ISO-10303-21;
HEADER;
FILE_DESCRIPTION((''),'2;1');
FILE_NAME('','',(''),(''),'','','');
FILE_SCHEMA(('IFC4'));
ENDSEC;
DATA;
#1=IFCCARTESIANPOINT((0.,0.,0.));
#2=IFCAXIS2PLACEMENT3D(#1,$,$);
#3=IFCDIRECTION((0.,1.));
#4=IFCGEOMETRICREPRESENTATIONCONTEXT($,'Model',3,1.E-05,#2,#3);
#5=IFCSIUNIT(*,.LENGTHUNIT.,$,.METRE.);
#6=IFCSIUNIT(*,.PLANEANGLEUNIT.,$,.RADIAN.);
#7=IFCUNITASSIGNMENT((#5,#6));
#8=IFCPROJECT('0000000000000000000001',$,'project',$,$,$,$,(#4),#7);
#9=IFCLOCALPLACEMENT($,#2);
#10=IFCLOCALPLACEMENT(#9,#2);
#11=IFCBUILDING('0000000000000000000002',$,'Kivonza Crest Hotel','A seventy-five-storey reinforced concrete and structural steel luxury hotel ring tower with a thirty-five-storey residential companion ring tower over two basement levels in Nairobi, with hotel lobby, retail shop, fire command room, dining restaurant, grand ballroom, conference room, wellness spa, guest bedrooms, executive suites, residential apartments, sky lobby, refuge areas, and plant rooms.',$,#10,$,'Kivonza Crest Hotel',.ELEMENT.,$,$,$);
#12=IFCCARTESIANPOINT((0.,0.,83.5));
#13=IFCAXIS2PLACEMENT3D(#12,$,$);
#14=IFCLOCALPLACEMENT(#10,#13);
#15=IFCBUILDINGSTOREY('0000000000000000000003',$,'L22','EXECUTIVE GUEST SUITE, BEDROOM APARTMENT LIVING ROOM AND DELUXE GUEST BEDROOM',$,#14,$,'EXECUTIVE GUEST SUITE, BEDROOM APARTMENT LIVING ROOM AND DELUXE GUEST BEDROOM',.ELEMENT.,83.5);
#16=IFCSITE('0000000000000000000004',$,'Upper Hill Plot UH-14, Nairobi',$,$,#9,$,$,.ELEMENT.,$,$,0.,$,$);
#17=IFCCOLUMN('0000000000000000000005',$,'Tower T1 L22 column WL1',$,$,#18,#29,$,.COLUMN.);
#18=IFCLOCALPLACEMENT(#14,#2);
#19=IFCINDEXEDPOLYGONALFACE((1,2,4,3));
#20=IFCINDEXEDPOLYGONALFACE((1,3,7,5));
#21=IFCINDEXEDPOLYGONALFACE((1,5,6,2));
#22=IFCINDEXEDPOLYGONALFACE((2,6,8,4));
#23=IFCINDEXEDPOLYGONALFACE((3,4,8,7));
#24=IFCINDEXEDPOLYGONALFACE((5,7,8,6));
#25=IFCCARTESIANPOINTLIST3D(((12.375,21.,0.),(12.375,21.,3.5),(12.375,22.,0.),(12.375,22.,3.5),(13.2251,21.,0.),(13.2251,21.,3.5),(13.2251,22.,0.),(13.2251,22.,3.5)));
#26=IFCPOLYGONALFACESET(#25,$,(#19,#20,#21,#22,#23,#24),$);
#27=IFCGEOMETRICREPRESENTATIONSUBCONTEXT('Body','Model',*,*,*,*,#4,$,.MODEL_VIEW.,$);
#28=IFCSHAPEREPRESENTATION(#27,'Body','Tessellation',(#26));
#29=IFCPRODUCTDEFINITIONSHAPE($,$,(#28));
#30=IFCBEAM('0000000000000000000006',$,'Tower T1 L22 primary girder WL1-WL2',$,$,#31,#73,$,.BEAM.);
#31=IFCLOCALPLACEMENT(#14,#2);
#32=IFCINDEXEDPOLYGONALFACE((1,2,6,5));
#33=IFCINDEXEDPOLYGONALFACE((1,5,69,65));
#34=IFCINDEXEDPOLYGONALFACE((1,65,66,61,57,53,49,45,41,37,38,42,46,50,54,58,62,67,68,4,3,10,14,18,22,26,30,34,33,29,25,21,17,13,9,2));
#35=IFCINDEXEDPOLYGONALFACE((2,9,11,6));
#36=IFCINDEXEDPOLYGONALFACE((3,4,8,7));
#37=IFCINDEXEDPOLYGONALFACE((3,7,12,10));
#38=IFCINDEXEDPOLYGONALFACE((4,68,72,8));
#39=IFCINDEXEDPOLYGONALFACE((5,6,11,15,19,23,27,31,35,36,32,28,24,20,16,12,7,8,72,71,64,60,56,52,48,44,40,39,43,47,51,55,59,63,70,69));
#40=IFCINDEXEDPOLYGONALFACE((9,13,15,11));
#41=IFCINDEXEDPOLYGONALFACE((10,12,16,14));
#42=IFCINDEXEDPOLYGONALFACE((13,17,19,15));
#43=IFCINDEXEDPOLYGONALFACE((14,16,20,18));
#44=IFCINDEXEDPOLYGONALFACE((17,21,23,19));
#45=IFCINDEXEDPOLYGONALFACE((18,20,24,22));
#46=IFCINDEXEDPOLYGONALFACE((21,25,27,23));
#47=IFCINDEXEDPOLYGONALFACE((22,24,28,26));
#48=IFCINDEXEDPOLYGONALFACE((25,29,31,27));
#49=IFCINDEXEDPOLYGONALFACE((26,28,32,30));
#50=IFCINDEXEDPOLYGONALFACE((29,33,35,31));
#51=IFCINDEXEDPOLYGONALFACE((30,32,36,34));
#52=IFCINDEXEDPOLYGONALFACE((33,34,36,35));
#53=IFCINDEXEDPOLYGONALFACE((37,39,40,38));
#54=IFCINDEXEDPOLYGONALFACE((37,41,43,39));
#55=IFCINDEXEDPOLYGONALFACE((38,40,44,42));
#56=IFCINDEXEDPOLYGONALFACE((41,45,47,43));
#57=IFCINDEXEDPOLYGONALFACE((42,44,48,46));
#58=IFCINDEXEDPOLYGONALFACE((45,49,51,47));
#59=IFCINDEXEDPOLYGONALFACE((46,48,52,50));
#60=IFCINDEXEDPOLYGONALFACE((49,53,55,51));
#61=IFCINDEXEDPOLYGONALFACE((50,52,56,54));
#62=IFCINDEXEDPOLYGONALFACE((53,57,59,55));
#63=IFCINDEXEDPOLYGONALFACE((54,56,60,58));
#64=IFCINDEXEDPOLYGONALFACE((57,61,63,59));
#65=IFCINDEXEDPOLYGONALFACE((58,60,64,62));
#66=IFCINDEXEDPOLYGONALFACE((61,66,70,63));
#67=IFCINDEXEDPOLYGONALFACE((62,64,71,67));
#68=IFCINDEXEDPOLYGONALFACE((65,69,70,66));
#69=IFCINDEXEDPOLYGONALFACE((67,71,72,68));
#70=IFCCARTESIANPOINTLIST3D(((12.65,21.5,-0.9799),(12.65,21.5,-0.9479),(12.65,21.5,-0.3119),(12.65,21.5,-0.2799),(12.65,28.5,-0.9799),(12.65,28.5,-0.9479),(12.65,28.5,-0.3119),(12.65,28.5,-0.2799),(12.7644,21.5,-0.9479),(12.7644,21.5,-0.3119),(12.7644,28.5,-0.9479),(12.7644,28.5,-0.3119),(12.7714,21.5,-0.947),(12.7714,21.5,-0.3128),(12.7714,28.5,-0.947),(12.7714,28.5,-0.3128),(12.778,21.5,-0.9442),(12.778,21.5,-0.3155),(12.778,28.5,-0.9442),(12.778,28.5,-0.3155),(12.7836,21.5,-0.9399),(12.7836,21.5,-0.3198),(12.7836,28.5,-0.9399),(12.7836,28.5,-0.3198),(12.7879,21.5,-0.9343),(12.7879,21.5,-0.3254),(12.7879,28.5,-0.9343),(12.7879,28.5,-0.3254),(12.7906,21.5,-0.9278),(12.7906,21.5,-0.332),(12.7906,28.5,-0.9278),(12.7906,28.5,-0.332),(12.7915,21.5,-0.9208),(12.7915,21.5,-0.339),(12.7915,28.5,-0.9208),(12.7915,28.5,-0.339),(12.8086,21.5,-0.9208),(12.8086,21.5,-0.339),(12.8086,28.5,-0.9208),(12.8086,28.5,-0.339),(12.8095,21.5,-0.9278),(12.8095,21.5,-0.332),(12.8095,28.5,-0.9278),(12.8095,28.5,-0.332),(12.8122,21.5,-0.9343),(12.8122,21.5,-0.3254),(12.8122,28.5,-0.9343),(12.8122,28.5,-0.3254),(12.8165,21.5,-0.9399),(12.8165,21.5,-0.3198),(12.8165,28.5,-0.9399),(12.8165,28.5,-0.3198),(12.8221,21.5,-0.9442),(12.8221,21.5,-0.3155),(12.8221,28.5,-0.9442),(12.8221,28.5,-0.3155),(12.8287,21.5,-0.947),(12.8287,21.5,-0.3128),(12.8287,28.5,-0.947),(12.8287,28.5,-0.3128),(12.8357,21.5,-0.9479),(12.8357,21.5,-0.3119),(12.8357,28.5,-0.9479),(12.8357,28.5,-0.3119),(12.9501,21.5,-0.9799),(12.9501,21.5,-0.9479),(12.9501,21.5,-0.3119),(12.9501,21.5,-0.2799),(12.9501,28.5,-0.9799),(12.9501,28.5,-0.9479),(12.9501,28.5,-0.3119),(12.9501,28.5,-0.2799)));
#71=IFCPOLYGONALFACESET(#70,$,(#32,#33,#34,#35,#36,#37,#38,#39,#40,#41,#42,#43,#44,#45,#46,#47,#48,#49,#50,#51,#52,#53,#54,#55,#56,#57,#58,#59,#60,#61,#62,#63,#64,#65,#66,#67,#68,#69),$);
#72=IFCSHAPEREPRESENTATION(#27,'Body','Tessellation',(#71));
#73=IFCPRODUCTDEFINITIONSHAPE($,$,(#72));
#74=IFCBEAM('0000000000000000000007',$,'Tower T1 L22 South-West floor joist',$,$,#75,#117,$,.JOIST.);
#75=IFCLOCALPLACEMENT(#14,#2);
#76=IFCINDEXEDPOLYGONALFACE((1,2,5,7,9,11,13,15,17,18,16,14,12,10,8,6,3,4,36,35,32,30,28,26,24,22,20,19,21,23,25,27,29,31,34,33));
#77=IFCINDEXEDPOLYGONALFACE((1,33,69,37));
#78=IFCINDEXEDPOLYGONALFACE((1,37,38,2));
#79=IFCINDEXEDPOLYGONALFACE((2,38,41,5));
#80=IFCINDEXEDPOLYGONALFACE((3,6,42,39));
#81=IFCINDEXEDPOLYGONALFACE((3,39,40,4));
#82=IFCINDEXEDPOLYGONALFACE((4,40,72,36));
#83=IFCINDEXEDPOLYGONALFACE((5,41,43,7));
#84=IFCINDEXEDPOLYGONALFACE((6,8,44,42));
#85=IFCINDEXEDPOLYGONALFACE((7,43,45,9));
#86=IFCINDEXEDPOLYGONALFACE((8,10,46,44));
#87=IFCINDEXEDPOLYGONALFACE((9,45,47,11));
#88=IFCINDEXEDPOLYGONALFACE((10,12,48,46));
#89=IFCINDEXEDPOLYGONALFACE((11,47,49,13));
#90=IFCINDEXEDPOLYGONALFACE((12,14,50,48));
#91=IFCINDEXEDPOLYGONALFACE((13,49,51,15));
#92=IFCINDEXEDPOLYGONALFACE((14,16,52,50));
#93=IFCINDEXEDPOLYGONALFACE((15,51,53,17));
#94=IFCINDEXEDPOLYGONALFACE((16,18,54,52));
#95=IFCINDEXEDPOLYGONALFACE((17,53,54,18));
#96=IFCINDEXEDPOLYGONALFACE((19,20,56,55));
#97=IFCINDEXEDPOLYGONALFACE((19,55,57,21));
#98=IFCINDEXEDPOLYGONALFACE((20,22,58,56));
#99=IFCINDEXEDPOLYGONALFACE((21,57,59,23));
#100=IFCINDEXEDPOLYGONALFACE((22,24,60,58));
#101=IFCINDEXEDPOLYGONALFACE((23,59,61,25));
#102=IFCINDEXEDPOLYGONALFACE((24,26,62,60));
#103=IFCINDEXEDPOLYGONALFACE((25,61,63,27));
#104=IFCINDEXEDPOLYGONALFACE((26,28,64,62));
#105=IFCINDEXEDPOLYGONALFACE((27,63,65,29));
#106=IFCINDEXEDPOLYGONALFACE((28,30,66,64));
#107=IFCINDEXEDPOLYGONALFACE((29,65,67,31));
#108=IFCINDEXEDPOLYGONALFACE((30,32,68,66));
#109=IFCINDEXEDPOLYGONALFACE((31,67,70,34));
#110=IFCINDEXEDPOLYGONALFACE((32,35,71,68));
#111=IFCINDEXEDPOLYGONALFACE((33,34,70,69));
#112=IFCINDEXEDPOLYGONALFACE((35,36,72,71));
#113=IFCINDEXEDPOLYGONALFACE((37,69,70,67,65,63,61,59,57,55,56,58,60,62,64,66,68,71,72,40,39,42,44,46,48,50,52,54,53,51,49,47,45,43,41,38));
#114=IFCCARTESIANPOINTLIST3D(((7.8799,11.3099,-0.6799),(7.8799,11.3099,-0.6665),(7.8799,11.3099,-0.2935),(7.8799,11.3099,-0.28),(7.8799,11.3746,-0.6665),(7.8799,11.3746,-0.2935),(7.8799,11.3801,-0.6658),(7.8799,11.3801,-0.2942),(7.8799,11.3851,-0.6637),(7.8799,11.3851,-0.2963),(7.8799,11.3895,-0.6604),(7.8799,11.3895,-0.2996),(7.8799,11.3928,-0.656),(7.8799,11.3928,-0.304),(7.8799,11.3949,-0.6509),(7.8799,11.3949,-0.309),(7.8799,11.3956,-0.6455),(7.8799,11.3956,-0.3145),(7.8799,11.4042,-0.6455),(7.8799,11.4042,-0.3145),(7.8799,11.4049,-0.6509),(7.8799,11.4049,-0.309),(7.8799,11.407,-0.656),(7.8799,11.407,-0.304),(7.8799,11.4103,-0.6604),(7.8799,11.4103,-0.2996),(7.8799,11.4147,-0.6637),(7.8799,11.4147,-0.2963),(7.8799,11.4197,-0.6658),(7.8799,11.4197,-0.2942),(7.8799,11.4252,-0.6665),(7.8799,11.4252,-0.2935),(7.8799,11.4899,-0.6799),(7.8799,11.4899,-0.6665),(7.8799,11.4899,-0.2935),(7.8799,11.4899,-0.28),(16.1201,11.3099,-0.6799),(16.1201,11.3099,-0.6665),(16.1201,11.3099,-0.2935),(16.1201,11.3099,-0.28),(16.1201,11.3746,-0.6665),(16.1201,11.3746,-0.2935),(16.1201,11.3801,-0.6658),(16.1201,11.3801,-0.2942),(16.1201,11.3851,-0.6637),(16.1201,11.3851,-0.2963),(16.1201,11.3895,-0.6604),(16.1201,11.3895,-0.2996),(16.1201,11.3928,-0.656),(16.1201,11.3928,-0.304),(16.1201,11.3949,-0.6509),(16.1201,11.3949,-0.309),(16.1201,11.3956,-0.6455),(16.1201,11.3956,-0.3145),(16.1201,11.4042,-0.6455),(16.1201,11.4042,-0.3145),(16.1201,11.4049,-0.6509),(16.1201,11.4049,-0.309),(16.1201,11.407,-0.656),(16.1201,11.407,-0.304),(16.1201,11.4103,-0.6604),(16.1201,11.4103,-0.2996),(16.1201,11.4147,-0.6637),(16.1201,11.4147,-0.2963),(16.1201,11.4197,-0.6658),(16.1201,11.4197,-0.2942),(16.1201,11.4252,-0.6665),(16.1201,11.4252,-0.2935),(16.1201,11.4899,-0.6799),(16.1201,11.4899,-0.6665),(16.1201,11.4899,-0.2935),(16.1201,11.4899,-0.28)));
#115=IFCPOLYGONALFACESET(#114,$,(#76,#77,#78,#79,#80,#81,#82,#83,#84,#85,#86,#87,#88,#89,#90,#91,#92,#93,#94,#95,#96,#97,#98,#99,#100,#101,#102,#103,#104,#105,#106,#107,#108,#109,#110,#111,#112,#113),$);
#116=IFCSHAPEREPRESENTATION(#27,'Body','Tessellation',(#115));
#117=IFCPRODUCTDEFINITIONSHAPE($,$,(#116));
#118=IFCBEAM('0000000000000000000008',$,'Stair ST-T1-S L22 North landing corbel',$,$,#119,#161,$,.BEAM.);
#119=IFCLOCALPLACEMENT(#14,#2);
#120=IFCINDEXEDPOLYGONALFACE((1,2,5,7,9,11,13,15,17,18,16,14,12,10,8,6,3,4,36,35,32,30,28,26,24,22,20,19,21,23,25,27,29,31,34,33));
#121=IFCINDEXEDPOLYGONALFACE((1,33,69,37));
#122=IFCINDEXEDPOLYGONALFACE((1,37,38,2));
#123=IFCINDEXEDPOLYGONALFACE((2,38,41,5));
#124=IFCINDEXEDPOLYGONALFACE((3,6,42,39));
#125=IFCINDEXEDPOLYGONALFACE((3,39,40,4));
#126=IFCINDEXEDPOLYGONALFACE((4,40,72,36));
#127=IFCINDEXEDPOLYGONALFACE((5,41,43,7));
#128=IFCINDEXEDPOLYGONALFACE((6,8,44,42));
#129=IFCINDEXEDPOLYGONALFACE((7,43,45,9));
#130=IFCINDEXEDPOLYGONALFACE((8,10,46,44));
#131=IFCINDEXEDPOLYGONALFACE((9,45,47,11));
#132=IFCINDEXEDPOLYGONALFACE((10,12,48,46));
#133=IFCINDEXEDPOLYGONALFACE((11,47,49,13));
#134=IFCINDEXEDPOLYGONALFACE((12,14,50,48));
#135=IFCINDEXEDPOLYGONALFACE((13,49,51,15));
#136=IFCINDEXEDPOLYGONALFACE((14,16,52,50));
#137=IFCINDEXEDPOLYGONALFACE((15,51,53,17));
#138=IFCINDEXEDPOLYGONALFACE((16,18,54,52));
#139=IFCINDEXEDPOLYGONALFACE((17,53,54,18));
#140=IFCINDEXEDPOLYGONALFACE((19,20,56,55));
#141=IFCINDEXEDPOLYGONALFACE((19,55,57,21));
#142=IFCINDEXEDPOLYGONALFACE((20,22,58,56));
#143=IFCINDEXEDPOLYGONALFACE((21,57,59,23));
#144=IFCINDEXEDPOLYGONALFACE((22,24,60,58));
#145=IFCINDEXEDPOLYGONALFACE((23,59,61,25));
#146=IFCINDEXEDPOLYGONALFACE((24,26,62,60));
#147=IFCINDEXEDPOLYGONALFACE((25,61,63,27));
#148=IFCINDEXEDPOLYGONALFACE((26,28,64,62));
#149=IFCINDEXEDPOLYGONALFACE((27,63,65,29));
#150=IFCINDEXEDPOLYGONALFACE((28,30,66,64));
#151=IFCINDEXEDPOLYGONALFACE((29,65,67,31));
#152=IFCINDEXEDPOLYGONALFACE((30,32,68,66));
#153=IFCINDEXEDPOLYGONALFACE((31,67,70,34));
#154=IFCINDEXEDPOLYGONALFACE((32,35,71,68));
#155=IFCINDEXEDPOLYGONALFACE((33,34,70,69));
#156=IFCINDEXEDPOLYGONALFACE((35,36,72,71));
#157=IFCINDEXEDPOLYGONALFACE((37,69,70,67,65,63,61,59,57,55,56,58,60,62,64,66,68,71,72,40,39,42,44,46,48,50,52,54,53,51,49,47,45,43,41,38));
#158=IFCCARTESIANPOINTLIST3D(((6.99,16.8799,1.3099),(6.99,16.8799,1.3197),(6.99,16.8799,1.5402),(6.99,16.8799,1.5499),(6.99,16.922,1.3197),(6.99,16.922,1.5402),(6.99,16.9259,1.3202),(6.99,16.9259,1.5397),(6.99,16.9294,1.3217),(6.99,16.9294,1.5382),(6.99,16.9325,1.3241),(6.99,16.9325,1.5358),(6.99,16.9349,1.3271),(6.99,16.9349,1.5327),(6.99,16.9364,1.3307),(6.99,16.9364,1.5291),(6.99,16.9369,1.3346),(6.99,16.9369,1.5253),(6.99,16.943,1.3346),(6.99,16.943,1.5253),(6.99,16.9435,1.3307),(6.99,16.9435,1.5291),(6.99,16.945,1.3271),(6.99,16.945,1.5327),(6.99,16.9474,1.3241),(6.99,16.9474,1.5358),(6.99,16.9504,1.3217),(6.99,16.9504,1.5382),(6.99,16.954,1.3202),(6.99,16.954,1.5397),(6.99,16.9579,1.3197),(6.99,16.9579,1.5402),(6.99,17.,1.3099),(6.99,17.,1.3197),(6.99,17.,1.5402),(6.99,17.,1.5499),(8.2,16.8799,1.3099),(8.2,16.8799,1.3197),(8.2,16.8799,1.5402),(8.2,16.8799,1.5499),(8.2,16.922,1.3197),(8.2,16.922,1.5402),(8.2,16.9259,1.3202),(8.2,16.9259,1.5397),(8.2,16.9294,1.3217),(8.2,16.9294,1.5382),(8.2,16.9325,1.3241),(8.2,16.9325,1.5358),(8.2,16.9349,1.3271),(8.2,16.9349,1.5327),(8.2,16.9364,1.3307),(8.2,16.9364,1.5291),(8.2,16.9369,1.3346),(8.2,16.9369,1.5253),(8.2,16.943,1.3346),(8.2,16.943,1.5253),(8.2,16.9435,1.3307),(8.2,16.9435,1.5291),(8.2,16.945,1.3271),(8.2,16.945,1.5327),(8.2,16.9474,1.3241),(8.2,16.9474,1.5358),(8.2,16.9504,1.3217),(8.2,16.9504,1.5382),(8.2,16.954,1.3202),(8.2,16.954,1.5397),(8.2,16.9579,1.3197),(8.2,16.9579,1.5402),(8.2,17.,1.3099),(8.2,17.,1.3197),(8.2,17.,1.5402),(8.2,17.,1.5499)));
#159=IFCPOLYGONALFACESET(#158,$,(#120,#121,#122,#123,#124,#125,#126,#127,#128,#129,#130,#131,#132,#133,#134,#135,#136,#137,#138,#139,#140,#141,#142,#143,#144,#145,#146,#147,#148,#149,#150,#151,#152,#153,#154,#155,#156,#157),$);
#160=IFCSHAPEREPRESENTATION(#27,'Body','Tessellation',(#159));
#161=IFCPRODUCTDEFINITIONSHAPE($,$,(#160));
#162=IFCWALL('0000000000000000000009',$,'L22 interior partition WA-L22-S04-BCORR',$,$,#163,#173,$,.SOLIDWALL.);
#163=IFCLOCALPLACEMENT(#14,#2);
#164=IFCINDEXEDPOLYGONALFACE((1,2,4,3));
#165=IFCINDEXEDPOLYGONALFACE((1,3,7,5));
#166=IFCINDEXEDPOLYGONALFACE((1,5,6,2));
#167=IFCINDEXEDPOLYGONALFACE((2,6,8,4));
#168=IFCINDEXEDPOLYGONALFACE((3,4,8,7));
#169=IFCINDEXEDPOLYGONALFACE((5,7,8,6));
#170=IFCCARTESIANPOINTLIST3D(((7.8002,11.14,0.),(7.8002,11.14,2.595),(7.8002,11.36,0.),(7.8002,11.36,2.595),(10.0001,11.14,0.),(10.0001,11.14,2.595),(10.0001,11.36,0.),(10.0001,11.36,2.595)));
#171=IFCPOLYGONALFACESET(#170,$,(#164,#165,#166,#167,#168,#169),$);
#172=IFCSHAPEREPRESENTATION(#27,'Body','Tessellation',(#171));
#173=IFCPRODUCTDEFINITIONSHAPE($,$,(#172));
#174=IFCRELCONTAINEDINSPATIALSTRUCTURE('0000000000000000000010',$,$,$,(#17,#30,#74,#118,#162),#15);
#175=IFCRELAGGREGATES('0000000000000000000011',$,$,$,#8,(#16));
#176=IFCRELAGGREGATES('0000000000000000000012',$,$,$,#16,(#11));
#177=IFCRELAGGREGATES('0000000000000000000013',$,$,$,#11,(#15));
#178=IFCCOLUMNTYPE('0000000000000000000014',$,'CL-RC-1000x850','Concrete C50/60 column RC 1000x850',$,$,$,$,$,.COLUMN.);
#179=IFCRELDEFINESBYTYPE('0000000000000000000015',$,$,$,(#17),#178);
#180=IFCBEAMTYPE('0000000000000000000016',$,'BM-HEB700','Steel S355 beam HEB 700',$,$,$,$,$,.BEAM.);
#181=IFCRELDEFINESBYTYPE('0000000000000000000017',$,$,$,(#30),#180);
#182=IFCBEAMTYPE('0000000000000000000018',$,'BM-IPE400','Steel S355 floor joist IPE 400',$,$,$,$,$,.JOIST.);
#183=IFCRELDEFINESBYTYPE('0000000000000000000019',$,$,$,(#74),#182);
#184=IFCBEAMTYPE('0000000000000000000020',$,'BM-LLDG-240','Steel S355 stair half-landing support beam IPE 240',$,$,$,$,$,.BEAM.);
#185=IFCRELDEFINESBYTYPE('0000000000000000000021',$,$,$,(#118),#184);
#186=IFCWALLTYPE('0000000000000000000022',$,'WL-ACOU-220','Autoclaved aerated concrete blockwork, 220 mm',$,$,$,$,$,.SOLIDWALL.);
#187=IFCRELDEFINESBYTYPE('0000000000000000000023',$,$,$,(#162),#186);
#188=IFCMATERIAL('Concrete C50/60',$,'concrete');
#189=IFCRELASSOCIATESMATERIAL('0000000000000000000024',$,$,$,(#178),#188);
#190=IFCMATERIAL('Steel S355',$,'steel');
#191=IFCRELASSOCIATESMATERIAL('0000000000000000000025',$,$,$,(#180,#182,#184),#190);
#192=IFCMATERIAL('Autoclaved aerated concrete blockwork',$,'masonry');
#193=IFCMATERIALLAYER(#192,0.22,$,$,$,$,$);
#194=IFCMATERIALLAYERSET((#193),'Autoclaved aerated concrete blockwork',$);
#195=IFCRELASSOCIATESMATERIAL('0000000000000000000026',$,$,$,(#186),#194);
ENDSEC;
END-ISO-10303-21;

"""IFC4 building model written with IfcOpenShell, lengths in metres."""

from ifc_helpers import new_model, si_unit, direction, frame, frame_2d, origin, origin_2d, place, context, subcontext, project, spatial, rectangle, i_section, extrude, material, layer, layer_set, material_profile, profile_set, type_object, element, save


model = new_model("IFC4")

# Units and contexts
model_context = context("Model", 3, precision=1e-05, world=origin(), true_north=direction((0.0, 1.0)))
body_context = subcontext(model_context, "Body", "Model", "MODEL_VIEW")
ifc_project = project(units=[si_unit("LENGTHUNIT", "METRE"), si_unit("PLANEANGLEUNIT", "RADIAN")], contexts=[model_context])

# Site, building, storey
site_placement = place(None, origin())
site = spatial("IfcSite", under=ifc_project, at=site_placement, Name="Upper Hill Plot UH-14, Nairobi", CompositionType="ELEMENT", RefElevation=0.0)
building_placement = place(site_placement, origin())
building = spatial("IfcBuilding", under=site, at=building_placement, Name="Kivonza Crest Hotel", Description="A seventy-five-storey reinforced concrete and structural steel luxury hotel ring tower with a thirty-five-storey residential companion ring tower over two basement levels in Nairobi, with hotel lobby, retail shop, fire command room, dining restaurant, grand ballroom, conference room, wellness spa, guest bedrooms, executive suites, residential apartments, sky lobby, refuge areas, and plant rooms.", LongName="Kivonza Crest Hotel", CompositionType="ELEMENT")
storey_placement = place(building_placement, frame((0.0, 0.0, 83.5)))
storey = spatial("IfcBuildingStorey", under=building, at=storey_placement, Name="L22", Description="EXECUTIVE GUEST SUITE, BEDROOM APARTMENT LIVING ROOM AND DELUXE GUEST BEDROOM", LongName="EXECUTIVE GUEST SUITE, BEDROOM APARTMENT LIVING ROOM AND DELUXE GUEST BEDROOM", CompositionType="ELEMENT", Elevation=83.5)

# Column
ifc_material_1 = material(Name="Concrete C50/60", Category="concrete")
ifc_material_profile_1 = material_profile(ifc_material_1, rectangle(XDim=0.8501, YDim=1.0, at=origin_2d()), Name="RC 1000x850")
ifc_profile_set_1 = profile_set([ifc_material_profile_1], Name="Concrete C50/60")
column_type = type_object("IfcColumnType", Name="CL-RC-1000x850", Description="Concrete C50/60 column RC 1000x850", PredefinedType="COLUMN", material=ifc_profile_set_1)
column_placement = place(storey_placement, frame((12.8, 21.5, 0.0), z_axis=(0.0, 0.0, 1.0), x_axis=(1.0, 0.0, 0.0)))
element("IfcColumn", 1, at=column_placement, inside=storey, type_object=column_type, Name="Tower T1 L22 column WL1", PredefinedType="COLUMN", context=body_context, shape_type="SweptSolid", body=[
    extrude(rectangle(XDim=0.8501, YDim=1.0, at=origin_2d()), origin(), (0.0, 0.0, 1.0), 3.5),
])

# Beams
ifc_material_2 = material(Name="Steel S355", Category="steel")
ifc_material_profile_2 = material_profile(ifc_material_2, i_section(OverallWidth=0.3, OverallDepth=0.7, WebThickness=0.0171, FlangeThickness=0.032, FilletRadius=0.0271, at=origin_2d()), Name="HEB 700")
ifc_profile_set_2 = profile_set([ifc_material_profile_2], Name="Steel S355")
beam_type_1 = type_object("IfcBeamType", Name="BM-HEB700", Description="Steel S355 beam HEB 700", PredefinedType="BEAM", material=ifc_profile_set_2)
beam_1_placement = place(storey_placement, frame((12.8, 21.5, -0.6299), z_axis=(0.0, 1.0, 0.0), x_axis=(-1.0, 0.0, 0.0)))
element("IfcBeam", 2, at=beam_1_placement, inside=storey, type_object=beam_type_1, Name="Tower T1 L22 primary girder WL1-WL2", PredefinedType="BEAM", context=body_context, shape_type="SweptSolid", body=[
    extrude(i_section(OverallWidth=0.3, OverallDepth=0.7, WebThickness=0.0171, FlangeThickness=0.032, FilletRadius=0.0271, at=origin_2d()), origin(), (0.0, 0.0, 1.0), 7.0),
])
ifc_material_profile_3 = material_profile(ifc_material_2, i_section(OverallWidth=0.1799, OverallDepth=0.3999, WebThickness=0.0085, FlangeThickness=0.0134, FilletRadius=0.021, at=origin_2d()), Name="IPE 400")
ifc_profile_set_3 = profile_set([ifc_material_profile_3], Name="Steel S355")
beam_type_2 = type_object("IfcBeamType", Name="BM-IPE400", Description="Steel S355 floor joist IPE 400", PredefinedType="JOIST", material=ifc_profile_set_3)
beam_2_placement = place(storey_placement, frame((7.8799, 11.3999, -0.48), z_axis=(1.0, 0.0, 0.0), x_axis=(0.0, 1.0, 0.0)))
element("IfcBeam", 3, at=beam_2_placement, inside=storey, type_object=beam_type_2, Name="Tower T1 L22 South-West floor joist", PredefinedType="JOIST", context=body_context, shape_type="SweptSolid", body=[
    extrude(i_section(OverallWidth=0.1799, OverallDepth=0.3999, WebThickness=0.0085, FlangeThickness=0.0134, FilletRadius=0.021, at=origin_2d()), origin(), (0.0, 0.0, 1.0), 8.2402),
])
ifc_material_profile_4 = material_profile(ifc_material_2, i_section(OverallWidth=0.1201, OverallDepth=0.24, WebThickness=0.0061, FlangeThickness=0.0098, FilletRadius=0.0149, at=origin_2d()), Name="IPE 240")
ifc_profile_set_4 = profile_set([ifc_material_profile_4], Name="Steel S355")
beam_type_3 = type_object("IfcBeamType", Name="BM-LLDG-240", Description="Steel S355 stair half-landing support beam IPE 240", PredefinedType="BEAM", material=ifc_profile_set_4)
beam_3_placement = place(storey_placement, frame((6.99, 16.9399, 1.4299), z_axis=(1.0, 0.0, 0.0), x_axis=(0.0, 1.0, 0.0)))
element("IfcBeam", 4, at=beam_3_placement, inside=storey, type_object=beam_type_3, Name="Stair ST-T1-S L22 North landing corbel", PredefinedType="BEAM", context=body_context, shape_type="SweptSolid", body=[
    extrude(i_section(OverallWidth=0.1201, OverallDepth=0.24, WebThickness=0.0061, FlangeThickness=0.0098, FilletRadius=0.0149, at=origin_2d()), origin(), (0.0, 0.0, 1.0), 1.21),
])

# Wall
ifc_material_3 = material(Name="Autoclaved aerated concrete blockwork", Category="masonry")
ifc_layer_1 = layer(ifc_material_3, 0.22)
ifc_layer_set_1 = layer_set([ifc_layer_1], Name="Autoclaved aerated concrete blockwork")
wall_type_1 = type_object("IfcWallType", Name="WL-ACOU-220", Description="Autoclaved aerated concrete blockwork, 220 mm", PredefinedType="SOLIDWALL", material=ifc_layer_set_1)
wall_1_placement = place(storey_placement, frame((7.8, 11.25, 0.0), z_axis=(0.0, 0.0, 1.0), x_axis=(1.0, 0.0, 0.0)))
element("IfcWall", 5, at=wall_1_placement, inside=storey, type_object=wall_type_1, Name="L22 interior partition WA-L22-S04-BCORR", PredefinedType="SOLIDWALL", context=body_context, shape_type="SweptSolid", body=[
    extrude(rectangle(XDim=2.2, YDim=0.22, at=frame_2d((1.1001, 0.0))), origin(), (0.0, 0.0, 1.0), 2.595),
])

save(model, "model.ifc")
